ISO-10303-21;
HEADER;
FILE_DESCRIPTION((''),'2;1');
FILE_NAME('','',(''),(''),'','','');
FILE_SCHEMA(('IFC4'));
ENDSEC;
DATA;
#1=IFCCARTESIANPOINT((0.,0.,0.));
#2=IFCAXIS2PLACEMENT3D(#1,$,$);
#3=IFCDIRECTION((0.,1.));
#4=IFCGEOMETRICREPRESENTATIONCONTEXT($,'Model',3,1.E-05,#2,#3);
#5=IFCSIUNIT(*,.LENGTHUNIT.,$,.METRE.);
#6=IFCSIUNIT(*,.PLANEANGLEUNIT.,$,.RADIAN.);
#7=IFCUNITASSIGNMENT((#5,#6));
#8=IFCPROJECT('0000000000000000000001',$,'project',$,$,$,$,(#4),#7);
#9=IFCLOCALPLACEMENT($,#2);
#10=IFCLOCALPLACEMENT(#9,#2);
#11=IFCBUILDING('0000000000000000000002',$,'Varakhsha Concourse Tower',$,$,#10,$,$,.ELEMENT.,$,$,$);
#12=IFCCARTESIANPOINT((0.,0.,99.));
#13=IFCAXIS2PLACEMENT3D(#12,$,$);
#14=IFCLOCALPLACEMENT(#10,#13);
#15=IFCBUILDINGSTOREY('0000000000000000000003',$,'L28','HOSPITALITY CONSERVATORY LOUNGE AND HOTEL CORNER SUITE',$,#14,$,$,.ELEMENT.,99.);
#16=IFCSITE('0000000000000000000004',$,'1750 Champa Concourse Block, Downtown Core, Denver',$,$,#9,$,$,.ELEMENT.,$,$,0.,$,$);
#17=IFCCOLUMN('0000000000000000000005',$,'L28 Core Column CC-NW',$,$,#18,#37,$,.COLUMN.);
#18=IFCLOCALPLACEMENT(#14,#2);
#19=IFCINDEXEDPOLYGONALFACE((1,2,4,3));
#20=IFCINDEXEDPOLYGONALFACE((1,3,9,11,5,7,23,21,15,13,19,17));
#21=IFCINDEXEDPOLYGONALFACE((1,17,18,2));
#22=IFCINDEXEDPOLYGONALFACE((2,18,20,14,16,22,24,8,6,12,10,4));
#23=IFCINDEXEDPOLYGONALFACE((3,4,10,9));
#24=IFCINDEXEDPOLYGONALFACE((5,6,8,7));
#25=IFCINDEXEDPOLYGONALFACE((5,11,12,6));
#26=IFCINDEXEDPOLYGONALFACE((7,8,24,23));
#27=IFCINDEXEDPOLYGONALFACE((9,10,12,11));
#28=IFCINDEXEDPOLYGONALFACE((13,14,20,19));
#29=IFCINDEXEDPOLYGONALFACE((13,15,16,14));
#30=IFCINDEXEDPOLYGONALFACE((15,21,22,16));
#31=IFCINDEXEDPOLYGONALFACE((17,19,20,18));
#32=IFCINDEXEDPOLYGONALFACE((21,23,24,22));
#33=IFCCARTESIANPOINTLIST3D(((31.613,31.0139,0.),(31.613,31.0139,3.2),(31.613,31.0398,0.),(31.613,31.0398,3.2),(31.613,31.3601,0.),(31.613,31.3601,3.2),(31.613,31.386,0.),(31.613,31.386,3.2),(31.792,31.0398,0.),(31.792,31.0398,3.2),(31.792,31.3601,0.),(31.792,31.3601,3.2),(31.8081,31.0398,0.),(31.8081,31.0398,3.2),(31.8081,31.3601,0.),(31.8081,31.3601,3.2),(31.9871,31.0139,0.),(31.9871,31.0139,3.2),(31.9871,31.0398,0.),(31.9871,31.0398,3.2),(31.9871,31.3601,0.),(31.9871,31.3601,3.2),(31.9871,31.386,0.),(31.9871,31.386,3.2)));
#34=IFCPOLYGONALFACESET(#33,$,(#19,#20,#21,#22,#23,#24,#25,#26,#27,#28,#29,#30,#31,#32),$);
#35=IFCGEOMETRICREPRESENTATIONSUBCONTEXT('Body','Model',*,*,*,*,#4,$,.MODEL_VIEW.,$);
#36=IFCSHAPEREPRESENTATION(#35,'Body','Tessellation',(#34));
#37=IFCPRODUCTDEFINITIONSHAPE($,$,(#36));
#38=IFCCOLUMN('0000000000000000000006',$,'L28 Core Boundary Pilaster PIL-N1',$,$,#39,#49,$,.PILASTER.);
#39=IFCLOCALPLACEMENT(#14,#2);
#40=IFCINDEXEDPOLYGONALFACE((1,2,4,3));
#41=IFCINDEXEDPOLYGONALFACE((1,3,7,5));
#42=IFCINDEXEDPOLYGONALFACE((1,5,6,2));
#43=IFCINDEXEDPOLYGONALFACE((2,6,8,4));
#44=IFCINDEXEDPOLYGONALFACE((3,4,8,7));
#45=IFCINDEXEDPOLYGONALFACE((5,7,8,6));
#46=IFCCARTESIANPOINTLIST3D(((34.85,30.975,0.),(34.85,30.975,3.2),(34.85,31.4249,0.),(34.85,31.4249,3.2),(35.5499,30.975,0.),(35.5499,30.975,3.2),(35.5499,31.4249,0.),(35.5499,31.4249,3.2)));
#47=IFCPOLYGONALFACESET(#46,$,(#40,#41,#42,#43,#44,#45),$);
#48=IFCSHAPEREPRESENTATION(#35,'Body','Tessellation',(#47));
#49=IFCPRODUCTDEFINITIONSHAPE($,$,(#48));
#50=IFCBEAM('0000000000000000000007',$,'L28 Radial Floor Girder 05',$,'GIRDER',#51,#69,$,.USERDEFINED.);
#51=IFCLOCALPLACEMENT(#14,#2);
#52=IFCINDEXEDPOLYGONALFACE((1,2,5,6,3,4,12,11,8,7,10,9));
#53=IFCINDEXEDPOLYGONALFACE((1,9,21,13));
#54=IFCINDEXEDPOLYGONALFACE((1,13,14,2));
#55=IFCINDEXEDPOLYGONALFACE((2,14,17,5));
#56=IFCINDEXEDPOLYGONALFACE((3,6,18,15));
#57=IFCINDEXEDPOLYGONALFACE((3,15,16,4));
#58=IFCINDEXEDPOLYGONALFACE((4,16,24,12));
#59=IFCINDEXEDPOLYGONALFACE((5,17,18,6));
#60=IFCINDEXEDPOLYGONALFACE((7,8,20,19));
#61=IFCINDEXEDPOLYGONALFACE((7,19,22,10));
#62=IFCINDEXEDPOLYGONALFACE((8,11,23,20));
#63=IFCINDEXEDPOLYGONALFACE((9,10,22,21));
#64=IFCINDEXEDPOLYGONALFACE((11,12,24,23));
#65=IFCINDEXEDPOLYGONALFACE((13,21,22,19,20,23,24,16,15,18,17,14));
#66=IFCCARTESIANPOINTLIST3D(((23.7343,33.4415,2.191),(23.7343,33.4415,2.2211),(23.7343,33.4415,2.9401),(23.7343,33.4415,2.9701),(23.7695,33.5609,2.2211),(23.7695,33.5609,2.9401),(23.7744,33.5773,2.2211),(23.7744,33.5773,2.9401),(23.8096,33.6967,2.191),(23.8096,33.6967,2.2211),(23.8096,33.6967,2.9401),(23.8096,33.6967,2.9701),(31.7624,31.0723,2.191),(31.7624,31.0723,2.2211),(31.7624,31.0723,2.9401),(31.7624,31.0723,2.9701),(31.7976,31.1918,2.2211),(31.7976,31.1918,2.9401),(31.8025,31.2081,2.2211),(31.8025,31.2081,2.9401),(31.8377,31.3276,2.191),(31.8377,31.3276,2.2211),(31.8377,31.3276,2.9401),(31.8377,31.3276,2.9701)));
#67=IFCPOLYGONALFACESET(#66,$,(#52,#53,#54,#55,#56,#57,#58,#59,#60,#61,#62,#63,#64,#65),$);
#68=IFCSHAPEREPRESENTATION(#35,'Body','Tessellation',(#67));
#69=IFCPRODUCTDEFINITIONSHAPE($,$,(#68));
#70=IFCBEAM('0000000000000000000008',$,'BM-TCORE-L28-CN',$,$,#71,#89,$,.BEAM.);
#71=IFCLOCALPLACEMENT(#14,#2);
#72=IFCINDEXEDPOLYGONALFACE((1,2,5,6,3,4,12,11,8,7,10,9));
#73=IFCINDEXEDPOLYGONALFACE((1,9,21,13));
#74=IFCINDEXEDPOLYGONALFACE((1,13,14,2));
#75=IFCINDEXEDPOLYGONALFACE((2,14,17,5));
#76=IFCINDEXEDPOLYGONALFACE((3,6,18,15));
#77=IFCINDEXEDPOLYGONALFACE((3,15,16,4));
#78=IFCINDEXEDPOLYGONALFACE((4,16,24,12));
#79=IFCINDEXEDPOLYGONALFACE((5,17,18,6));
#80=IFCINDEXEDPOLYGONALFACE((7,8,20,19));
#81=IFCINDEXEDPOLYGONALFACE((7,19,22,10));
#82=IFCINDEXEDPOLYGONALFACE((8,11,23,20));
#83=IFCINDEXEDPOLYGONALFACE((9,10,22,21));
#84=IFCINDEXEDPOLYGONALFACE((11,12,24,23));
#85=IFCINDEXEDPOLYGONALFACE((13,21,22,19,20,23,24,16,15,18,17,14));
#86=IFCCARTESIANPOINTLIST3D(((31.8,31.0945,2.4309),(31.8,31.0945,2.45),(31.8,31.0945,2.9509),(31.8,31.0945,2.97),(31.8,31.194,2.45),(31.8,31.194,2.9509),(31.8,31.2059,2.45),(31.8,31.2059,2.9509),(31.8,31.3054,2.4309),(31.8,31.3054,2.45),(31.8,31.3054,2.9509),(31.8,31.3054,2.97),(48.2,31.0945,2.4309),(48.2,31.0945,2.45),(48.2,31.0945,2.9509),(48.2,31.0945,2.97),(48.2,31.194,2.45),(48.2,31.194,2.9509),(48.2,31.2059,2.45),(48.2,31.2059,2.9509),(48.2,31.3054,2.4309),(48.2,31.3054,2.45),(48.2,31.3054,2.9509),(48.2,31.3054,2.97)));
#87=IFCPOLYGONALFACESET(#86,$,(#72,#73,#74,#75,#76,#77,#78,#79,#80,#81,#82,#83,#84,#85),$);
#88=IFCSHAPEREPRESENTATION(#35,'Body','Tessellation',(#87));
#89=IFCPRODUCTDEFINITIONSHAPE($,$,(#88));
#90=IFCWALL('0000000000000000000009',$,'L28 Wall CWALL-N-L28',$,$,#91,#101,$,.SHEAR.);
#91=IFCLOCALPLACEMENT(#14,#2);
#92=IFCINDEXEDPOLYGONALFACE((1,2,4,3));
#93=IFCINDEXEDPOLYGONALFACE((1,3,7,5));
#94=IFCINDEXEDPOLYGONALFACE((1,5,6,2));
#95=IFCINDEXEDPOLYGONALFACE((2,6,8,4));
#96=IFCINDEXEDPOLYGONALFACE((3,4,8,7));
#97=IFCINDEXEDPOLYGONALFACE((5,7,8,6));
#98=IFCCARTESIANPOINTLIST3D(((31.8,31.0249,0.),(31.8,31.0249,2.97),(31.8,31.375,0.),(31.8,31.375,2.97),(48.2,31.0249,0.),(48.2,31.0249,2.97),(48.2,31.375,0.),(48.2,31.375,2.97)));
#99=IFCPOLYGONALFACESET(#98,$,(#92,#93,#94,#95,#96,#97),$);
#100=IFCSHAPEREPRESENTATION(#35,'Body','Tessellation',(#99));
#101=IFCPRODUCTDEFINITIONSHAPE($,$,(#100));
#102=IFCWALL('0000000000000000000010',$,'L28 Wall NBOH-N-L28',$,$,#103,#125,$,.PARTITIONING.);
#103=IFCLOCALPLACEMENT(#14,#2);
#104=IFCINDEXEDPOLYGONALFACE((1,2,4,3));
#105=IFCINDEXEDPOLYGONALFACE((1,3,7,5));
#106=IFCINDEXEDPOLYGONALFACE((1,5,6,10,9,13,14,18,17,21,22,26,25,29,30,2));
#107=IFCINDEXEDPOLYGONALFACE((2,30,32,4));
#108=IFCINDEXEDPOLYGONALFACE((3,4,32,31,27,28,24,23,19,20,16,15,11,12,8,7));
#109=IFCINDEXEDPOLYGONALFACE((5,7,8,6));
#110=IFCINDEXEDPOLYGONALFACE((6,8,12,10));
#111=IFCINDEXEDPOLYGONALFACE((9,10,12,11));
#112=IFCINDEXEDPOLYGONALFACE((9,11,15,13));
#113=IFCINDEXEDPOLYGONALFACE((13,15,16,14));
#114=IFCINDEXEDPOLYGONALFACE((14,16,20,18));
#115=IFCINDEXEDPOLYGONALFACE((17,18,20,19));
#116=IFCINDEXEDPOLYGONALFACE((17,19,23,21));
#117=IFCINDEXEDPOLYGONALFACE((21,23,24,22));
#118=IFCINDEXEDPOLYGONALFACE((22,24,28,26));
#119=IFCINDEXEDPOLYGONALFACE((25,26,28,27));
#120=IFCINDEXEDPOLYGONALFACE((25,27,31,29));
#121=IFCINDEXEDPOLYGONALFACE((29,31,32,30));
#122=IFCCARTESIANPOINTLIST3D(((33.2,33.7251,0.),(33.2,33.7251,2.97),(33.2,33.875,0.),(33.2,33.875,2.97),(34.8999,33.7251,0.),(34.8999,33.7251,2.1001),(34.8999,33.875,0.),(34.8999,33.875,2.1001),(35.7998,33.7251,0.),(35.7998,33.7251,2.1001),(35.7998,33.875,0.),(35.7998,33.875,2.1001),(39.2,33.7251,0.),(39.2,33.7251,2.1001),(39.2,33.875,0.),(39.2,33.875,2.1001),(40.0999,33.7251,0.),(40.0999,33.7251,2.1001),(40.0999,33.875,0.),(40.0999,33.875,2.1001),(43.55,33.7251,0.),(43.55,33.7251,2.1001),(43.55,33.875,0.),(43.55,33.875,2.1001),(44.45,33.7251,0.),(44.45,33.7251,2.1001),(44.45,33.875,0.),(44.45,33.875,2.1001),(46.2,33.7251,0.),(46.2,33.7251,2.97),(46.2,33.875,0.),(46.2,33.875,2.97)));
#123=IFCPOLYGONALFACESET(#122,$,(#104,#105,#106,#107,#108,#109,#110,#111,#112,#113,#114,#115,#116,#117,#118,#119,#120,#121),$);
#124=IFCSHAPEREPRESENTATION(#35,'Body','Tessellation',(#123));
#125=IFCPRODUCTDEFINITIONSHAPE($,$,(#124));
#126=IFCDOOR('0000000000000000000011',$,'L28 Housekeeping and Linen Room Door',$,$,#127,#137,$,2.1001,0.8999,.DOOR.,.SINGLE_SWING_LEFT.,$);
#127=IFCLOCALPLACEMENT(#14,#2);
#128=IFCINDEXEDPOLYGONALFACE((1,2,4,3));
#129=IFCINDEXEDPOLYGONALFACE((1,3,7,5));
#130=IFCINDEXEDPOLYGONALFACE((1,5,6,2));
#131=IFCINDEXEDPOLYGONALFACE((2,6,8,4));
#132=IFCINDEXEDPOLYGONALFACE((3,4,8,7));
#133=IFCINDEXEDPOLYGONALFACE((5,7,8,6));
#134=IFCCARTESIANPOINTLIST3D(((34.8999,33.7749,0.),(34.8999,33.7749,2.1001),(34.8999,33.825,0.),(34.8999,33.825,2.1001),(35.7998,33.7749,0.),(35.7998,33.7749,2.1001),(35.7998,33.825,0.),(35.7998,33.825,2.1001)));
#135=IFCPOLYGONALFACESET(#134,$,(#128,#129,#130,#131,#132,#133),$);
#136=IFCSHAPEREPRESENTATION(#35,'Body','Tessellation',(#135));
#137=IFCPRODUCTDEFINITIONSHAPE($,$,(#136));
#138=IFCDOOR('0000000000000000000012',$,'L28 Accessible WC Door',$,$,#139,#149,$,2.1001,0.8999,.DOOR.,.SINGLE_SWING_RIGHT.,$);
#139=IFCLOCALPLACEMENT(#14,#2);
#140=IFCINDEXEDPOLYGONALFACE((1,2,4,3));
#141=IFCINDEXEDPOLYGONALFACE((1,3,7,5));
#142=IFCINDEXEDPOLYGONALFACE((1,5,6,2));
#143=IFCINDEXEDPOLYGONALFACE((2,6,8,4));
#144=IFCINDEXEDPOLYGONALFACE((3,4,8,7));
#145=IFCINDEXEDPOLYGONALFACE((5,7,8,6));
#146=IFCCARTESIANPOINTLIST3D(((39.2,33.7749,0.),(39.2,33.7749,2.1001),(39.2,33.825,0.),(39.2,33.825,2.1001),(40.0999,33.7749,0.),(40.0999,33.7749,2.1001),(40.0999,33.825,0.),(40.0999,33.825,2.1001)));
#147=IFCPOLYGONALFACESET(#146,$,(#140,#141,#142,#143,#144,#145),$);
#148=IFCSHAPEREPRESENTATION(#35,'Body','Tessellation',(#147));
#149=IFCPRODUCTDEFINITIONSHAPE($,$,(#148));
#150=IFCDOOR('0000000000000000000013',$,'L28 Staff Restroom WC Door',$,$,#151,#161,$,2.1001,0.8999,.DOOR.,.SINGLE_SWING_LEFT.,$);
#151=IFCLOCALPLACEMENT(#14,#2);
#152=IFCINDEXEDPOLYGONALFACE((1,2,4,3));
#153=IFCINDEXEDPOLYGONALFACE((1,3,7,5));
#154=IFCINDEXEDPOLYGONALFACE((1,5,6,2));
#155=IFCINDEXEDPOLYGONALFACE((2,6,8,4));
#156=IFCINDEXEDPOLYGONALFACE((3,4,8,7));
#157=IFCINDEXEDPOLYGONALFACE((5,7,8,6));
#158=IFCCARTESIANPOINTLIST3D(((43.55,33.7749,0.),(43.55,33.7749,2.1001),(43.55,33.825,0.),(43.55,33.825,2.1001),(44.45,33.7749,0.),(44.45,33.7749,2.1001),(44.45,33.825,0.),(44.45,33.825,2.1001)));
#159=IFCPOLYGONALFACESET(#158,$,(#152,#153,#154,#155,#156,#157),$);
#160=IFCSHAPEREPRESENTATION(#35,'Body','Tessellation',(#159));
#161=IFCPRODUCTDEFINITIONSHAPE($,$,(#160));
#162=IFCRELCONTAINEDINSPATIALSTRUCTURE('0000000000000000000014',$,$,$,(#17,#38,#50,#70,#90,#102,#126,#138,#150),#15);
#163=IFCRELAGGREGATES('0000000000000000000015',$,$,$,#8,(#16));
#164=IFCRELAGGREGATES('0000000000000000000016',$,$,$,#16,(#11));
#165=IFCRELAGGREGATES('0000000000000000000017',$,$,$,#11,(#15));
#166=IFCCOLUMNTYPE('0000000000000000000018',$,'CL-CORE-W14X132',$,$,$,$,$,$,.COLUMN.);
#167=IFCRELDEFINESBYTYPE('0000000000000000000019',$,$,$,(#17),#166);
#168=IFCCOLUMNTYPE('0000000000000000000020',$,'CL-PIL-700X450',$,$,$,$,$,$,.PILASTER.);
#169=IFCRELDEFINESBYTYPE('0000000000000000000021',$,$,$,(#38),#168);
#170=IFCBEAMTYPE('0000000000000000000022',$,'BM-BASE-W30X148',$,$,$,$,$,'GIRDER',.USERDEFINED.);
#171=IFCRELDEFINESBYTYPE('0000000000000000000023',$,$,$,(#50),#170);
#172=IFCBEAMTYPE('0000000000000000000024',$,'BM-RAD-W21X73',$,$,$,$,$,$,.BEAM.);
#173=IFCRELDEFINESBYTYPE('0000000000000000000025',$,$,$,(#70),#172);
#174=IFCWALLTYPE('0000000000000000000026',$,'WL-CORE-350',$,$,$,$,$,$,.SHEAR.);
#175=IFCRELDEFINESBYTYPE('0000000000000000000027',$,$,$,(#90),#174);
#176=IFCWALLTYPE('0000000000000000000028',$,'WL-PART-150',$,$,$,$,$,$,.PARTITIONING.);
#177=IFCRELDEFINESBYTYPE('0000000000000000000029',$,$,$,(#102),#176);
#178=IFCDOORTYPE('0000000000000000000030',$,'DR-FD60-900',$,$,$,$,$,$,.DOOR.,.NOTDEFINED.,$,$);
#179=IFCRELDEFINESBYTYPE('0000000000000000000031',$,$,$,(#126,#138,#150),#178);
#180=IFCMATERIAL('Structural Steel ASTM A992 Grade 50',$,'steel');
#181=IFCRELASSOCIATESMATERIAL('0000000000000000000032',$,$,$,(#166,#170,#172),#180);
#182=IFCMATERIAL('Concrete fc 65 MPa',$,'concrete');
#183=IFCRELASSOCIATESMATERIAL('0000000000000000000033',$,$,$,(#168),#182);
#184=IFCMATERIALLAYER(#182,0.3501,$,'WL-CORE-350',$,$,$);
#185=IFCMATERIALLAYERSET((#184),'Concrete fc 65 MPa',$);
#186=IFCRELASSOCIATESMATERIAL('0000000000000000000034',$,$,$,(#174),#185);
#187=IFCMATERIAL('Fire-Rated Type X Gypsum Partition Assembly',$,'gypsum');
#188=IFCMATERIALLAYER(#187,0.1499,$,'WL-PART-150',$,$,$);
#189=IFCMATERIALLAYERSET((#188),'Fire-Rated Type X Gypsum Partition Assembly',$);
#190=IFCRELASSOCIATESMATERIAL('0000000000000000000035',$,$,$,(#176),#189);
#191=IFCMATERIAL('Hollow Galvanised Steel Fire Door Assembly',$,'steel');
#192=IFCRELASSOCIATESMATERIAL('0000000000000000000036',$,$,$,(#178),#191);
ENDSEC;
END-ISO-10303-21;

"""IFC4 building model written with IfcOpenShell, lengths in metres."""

from ifc_helpers import new_model, si_unit, direction, frame, frame_2d, origin, origin_2d, place, context, subcontext, project, spatial, rectangle, i_section, extrude, material, layer, layer_set, material_profile, profile_set, type_object, element, fill, save


model = new_model("IFC4")

# Units and contexts
model_context = context("Model", 3, precision=1e-05, world=origin(), true_north=direction((0.0, 1.0)))
body_context = subcontext(model_context, "Body", "Model", "MODEL_VIEW")
ifc_project = project(units=[si_unit("LENGTHUNIT", "METRE"), si_unit("PLANEANGLEUNIT", "RADIAN")], contexts=[model_context])

# Site, building, storey
site_placement = place(None, origin())
site = spatial("IfcSite", under=ifc_project, at=site_placement, Name="1750 Champa Concourse Block, Downtown Core, Denver", CompositionType="ELEMENT", RefElevation=0.0)
building_placement = place(site_placement, origin())
building = spatial("IfcBuilding", under=site, at=building_placement, Name="Varakhsha Concourse Tower", CompositionType="ELEMENT")
storey_placement = place(building_placement, frame((0.0, 0.0, 99.0)))
storey = spatial("IfcBuildingStorey", under=building, at=storey_placement, Name="L28", Description="HOSPITALITY CONSERVATORY LOUNGE AND HOTEL CORNER SUITE", CompositionType="ELEMENT", Elevation=99.0)

# Columns
ifc_material_1 = material(Name="Structural Steel ASTM A992 Grade 50", Category="steel")
ifc_material_profile_1 = material_profile(ifc_material_1, i_section(OverallWidth=0.374, OverallDepth=0.3721, WebThickness=0.0161, FlangeThickness=0.0259, at=origin_2d()), Name="W14X132")
ifc_profile_set_1 = profile_set([ifc_material_profile_1], Name="Structural Steel ASTM A992 Grade 50")
column_type_1 = type_object("IfcColumnType", Name="CL-CORE-W14X132", PredefinedType="COLUMN", material=ifc_profile_set_1)
column_1_placement = place(storey_placement, frame((31.8, 31.2, 0.0), z_axis=(0.0, 0.0, 1.0), x_axis=(1.0, 0.0, 0.0)))
element("IfcColumn", 1, at=column_1_placement, inside=storey, type_object=column_type_1, Name="L28 Core Column CC-NW", PredefinedType="COLUMN", context=body_context, shape_type="SweptSolid", body=[
    extrude(i_section(OverallWidth=0.374, OverallDepth=0.3721, WebThickness=0.0161, FlangeThickness=0.0259, at=origin_2d()), origin(), (0.0, 0.0, 1.0), 3.2),
])
ifc_material_2 = material(Name="Concrete fc 65 MPa", Category="concrete")
ifc_material_profile_2 = material_profile(ifc_material_2, rectangle(XDim=0.7, YDim=0.45, at=origin_2d()), Name="RC 700x450")
ifc_profile_set_2 = profile_set([ifc_material_profile_2], Name="Concrete fc 65 MPa")
column_type_2 = type_object("IfcColumnType", Name="CL-PIL-700X450", PredefinedType="PILASTER", material=ifc_profile_set_2)
column_2_placement = place(storey_placement, frame((35.2, 31.2, 0.0), z_axis=(0.0, 0.0, 1.0), x_axis=(1.0, 0.0, 0.0)))
element("IfcColumn", 2, at=column_2_placement, inside=storey, type_object=column_type_2, Name="L28 Core Boundary Pilaster PIL-N1", PredefinedType="PILASTER", context=body_context, shape_type="SweptSolid", body=[
    extrude(rectangle(XDim=0.7, YDim=0.45, at=origin_2d()), origin(), (0.0, 0.0, 1.0), 3.2),
])

# Beams
ifc_material_profile_3 = material_profile(ifc_material_1, i_section(OverallWidth=0.2661, OverallDepth=0.7791, WebThickness=0.0171, FlangeThickness=0.03, at=origin_2d()), Name="W30X148")
ifc_profile_set_3 = profile_set([ifc_material_profile_3], Name="Structural Steel ASTM A992 Grade 50")
beam_type_1 = type_object("IfcBeamType", Name="BM-BASE-W30X148", ElementType="GIRDER", PredefinedType="USERDEFINED", material=ifc_profile_set_3)
beam_1_placement = place(storey_placement, frame((31.8, 31.2, 2.5806), z_axis=(-0.959108, 0.283039, 0.0), x_axis=(-0.283039, -0.959108, 0.0)))
element("IfcBeam", 3, at=beam_1_placement, inside=storey, type_object=beam_type_1, Name="L28 Radial Floor Girder 05", ObjectType="GIRDER", PredefinedType="USERDEFINED", context=body_context, shape_type="SweptSolid", body=[
    extrude(i_section(OverallWidth=0.2661, OverallDepth=0.7791, WebThickness=0.0171, FlangeThickness=0.03, at=origin_2d()), origin(), (0.0, 0.0, 1.0), 8.3704),
])
ifc_material_profile_4 = material_profile(ifc_material_1, i_section(OverallWidth=0.2109, OverallDepth=0.5391, WebThickness=0.012, FlangeThickness=0.019, at=origin_2d()), Name="W21X73")
ifc_profile_set_4 = profile_set([ifc_material_profile_4], Name="Structural Steel ASTM A992 Grade 50")
beam_type_2 = type_object("IfcBeamType", Name="BM-RAD-W21X73", PredefinedType="BEAM", material=ifc_profile_set_4)
beam_2_placement = place(storey_placement, frame((31.8, 31.2, 2.7004), z_axis=(1.0, 0.0, 0.0), x_axis=(0.0, 1.0, 0.0)))
element("IfcBeam", 4, at=beam_2_placement, inside=storey, type_object=beam_type_2, Name="BM-TCORE-L28-CN", PredefinedType="BEAM", context=body_context, shape_type="SweptSolid", body=[
    extrude(i_section(OverallWidth=0.2109, OverallDepth=0.5391, WebThickness=0.012, FlangeThickness=0.019, at=origin_2d()), origin(), (0.0, 0.0, 1.0), 16.3999),
])

# Wall
ifc_layer_1 = layer(ifc_material_2, 0.3501, Name="WL-CORE-350")
ifc_layer_set_1 = layer_set([ifc_layer_1], Name="Concrete fc 65 MPa")
wall_type_1 = type_object("IfcWallType", Name="WL-CORE-350", PredefinedType="SHEAR", material=ifc_layer_set_1)
wall_1_placement = place(storey_placement, frame((31.8, 31.2, 0.0), z_axis=(0.0, 0.0, 1.0), x_axis=(1.0, 0.0, 0.0)))
element("IfcWall", 5, at=wall_1_placement, inside=storey, type_object=wall_type_1, Name="L28 Wall CWALL-N-L28", PredefinedType="SHEAR", context=body_context, shape_type="SweptSolid", body=[
    extrude(rectangle(XDim=16.3999, YDim=0.3501, at=frame_2d((8.2, 0.0))), origin(), (0.0, 0.0, 1.0), 2.97),
])

# Wall, openings, doors
ifc_material_3 = material(Name="Fire-Rated Type X Gypsum Partition Assembly", Category="gypsum")
ifc_layer_2 = layer(ifc_material_3, 0.1499, Name="WL-PART-150")
ifc_layer_set_2 = layer_set([ifc_layer_2], Name="Fire-Rated Type X Gypsum Partition Assembly")
wall_type_2 = type_object("IfcWallType", Name="WL-PART-150", PredefinedType="PARTITIONING", material=ifc_layer_set_2)
wall_2_placement = place(storey_placement, frame((33.2, 33.8, 0.0), z_axis=(0.0, 0.0, 1.0), x_axis=(1.0, 0.0, 0.0)))
wall_2 = element("IfcWall", 6, at=wall_2_placement, inside=storey, type_object=wall_type_2, Name="L28 Wall NBOH-N-L28", PredefinedType="PARTITIONING", context=body_context, shape_type="SweptSolid", body=[
    extrude(rectangle(XDim=13.0, YDim=0.1499, at=frame_2d((6.5, 0.0))), origin(), (0.0, 0.0, 1.0), 2.97),
])
opening_1_placement = place(wall_2_placement, frame((1.7, 0.0, 0.0)))
opening_1 = element("IfcOpeningElement", 7, at=opening_1_placement, cuts=wall_2, PredefinedType="OPENING", context=body_context, shape_type="SweptSolid", body=[
    extrude(rectangle(XDim=0.8999, YDim=2.1001, at=frame_2d((0.45, 1.05))), frame((0.0, 0.085, 0.0), z_axis=(0.0, -1.0, 0.0), x_axis=(1.0, 0.0, 0.0)), (0.0, 0.0, 1.0), 0.1699),
])
opening_2_placement = place(wall_2_placement, frame((6.0, 0.0, 0.0)))
opening_2 = element("IfcOpeningElement", 8, at=opening_2_placement, cuts=wall_2, PredefinedType="OPENING", context=body_context, shape_type="SweptSolid", body=[
    extrude(rectangle(XDim=0.8999, YDim=2.1001, at=frame_2d((0.45, 1.05))), frame((0.0, 0.085, 0.0), z_axis=(0.0, -1.0, 0.0), x_axis=(1.0, 0.0, 0.0)), (0.0, 0.0, 1.0), 0.1699),
])
opening_3_placement = place(wall_2_placement, frame((10.3501, 0.0, 0.0)))
opening_3 = element("IfcOpeningElement", 9, at=opening_3_placement, cuts=wall_2, PredefinedType="OPENING", context=body_context, shape_type="SweptSolid", body=[
    extrude(rectangle(XDim=0.8999, YDim=2.1001, at=frame_2d((0.45, 1.05))), frame((0.0, 0.085, 0.0), z_axis=(0.0, -1.0, 0.0), x_axis=(1.0, 0.0, 0.0)), (0.0, 0.0, 1.0), 0.1699),
])
ifc_material_4 = material(Name="Hollow Galvanised Steel Fire Door Assembly", Category="steel")
door_type_1 = type_object("IfcDoorType", Name="DR-FD60-900", OperationType="NOTDEFINED", PredefinedType="DOOR", material=ifc_material_4)
door_1_placement = place(opening_1_placement, origin())
door_1 = element("IfcDoor", 10, at=door_1_placement, inside=storey, type_object=door_type_1, Name="L28 Housekeeping and Linen Room Door", OperationType="SINGLE_SWING_LEFT", OverallHeight=2.1001, OverallWidth=0.8999, PredefinedType="DOOR", context=body_context, shape_type="SweptSolid", body=[
    extrude(rectangle(XDim=0.8999, YDim=2.1001, at=frame_2d((0.45, 1.05))), frame((0.0, 0.0249, 0.0), z_axis=(0.0, -1.0, 0.0), x_axis=(1.0, 0.0, 0.0)), (0.0, 0.0, 1.0), 0.05),
])
fill(opening_1, door_1)
door_2_placement = place(opening_2_placement, origin())
door_2 = element("IfcDoor", 11, at=door_2_placement, inside=storey, type_object=door_type_1, Name="L28 Accessible WC Door", OperationType="SINGLE_SWING_RIGHT", OverallHeight=2.1001, OverallWidth=0.8999, PredefinedType="DOOR", context=body_context, shape_type="SweptSolid", body=[
    extrude(rectangle(XDim=0.8999, YDim=2.1001, at=frame_2d((0.45, 1.05))), frame((0.0, 0.0249, 0.0), z_axis=(0.0, -1.0, 0.0), x_axis=(1.0, 0.0, 0.0)), (0.0, 0.0, 1.0), 0.05),
])
fill(opening_2, door_2)
door_3_placement = place(opening_3_placement, origin())
door_3 = element("IfcDoor", 12, at=door_3_placement, inside=storey, type_object=door_type_1, Name="L28 Staff Restroom WC Door", OperationType="SINGLE_SWING_LEFT", OverallHeight=2.1001, OverallWidth=0.8999, PredefinedType="DOOR", context=body_context, shape_type="SweptSolid", body=[
    extrude(rectangle(XDim=0.8999, YDim=2.1001, at=frame_2d((0.45, 1.05))), frame((0.0, 0.0249, 0.0), z_axis=(0.0, -1.0, 0.0), x_axis=(1.0, 0.0, 0.0)), (0.0, 0.0, 1.0), 0.05),
])
fill(opening_3, door_3)

save(model, "model.ifc")
